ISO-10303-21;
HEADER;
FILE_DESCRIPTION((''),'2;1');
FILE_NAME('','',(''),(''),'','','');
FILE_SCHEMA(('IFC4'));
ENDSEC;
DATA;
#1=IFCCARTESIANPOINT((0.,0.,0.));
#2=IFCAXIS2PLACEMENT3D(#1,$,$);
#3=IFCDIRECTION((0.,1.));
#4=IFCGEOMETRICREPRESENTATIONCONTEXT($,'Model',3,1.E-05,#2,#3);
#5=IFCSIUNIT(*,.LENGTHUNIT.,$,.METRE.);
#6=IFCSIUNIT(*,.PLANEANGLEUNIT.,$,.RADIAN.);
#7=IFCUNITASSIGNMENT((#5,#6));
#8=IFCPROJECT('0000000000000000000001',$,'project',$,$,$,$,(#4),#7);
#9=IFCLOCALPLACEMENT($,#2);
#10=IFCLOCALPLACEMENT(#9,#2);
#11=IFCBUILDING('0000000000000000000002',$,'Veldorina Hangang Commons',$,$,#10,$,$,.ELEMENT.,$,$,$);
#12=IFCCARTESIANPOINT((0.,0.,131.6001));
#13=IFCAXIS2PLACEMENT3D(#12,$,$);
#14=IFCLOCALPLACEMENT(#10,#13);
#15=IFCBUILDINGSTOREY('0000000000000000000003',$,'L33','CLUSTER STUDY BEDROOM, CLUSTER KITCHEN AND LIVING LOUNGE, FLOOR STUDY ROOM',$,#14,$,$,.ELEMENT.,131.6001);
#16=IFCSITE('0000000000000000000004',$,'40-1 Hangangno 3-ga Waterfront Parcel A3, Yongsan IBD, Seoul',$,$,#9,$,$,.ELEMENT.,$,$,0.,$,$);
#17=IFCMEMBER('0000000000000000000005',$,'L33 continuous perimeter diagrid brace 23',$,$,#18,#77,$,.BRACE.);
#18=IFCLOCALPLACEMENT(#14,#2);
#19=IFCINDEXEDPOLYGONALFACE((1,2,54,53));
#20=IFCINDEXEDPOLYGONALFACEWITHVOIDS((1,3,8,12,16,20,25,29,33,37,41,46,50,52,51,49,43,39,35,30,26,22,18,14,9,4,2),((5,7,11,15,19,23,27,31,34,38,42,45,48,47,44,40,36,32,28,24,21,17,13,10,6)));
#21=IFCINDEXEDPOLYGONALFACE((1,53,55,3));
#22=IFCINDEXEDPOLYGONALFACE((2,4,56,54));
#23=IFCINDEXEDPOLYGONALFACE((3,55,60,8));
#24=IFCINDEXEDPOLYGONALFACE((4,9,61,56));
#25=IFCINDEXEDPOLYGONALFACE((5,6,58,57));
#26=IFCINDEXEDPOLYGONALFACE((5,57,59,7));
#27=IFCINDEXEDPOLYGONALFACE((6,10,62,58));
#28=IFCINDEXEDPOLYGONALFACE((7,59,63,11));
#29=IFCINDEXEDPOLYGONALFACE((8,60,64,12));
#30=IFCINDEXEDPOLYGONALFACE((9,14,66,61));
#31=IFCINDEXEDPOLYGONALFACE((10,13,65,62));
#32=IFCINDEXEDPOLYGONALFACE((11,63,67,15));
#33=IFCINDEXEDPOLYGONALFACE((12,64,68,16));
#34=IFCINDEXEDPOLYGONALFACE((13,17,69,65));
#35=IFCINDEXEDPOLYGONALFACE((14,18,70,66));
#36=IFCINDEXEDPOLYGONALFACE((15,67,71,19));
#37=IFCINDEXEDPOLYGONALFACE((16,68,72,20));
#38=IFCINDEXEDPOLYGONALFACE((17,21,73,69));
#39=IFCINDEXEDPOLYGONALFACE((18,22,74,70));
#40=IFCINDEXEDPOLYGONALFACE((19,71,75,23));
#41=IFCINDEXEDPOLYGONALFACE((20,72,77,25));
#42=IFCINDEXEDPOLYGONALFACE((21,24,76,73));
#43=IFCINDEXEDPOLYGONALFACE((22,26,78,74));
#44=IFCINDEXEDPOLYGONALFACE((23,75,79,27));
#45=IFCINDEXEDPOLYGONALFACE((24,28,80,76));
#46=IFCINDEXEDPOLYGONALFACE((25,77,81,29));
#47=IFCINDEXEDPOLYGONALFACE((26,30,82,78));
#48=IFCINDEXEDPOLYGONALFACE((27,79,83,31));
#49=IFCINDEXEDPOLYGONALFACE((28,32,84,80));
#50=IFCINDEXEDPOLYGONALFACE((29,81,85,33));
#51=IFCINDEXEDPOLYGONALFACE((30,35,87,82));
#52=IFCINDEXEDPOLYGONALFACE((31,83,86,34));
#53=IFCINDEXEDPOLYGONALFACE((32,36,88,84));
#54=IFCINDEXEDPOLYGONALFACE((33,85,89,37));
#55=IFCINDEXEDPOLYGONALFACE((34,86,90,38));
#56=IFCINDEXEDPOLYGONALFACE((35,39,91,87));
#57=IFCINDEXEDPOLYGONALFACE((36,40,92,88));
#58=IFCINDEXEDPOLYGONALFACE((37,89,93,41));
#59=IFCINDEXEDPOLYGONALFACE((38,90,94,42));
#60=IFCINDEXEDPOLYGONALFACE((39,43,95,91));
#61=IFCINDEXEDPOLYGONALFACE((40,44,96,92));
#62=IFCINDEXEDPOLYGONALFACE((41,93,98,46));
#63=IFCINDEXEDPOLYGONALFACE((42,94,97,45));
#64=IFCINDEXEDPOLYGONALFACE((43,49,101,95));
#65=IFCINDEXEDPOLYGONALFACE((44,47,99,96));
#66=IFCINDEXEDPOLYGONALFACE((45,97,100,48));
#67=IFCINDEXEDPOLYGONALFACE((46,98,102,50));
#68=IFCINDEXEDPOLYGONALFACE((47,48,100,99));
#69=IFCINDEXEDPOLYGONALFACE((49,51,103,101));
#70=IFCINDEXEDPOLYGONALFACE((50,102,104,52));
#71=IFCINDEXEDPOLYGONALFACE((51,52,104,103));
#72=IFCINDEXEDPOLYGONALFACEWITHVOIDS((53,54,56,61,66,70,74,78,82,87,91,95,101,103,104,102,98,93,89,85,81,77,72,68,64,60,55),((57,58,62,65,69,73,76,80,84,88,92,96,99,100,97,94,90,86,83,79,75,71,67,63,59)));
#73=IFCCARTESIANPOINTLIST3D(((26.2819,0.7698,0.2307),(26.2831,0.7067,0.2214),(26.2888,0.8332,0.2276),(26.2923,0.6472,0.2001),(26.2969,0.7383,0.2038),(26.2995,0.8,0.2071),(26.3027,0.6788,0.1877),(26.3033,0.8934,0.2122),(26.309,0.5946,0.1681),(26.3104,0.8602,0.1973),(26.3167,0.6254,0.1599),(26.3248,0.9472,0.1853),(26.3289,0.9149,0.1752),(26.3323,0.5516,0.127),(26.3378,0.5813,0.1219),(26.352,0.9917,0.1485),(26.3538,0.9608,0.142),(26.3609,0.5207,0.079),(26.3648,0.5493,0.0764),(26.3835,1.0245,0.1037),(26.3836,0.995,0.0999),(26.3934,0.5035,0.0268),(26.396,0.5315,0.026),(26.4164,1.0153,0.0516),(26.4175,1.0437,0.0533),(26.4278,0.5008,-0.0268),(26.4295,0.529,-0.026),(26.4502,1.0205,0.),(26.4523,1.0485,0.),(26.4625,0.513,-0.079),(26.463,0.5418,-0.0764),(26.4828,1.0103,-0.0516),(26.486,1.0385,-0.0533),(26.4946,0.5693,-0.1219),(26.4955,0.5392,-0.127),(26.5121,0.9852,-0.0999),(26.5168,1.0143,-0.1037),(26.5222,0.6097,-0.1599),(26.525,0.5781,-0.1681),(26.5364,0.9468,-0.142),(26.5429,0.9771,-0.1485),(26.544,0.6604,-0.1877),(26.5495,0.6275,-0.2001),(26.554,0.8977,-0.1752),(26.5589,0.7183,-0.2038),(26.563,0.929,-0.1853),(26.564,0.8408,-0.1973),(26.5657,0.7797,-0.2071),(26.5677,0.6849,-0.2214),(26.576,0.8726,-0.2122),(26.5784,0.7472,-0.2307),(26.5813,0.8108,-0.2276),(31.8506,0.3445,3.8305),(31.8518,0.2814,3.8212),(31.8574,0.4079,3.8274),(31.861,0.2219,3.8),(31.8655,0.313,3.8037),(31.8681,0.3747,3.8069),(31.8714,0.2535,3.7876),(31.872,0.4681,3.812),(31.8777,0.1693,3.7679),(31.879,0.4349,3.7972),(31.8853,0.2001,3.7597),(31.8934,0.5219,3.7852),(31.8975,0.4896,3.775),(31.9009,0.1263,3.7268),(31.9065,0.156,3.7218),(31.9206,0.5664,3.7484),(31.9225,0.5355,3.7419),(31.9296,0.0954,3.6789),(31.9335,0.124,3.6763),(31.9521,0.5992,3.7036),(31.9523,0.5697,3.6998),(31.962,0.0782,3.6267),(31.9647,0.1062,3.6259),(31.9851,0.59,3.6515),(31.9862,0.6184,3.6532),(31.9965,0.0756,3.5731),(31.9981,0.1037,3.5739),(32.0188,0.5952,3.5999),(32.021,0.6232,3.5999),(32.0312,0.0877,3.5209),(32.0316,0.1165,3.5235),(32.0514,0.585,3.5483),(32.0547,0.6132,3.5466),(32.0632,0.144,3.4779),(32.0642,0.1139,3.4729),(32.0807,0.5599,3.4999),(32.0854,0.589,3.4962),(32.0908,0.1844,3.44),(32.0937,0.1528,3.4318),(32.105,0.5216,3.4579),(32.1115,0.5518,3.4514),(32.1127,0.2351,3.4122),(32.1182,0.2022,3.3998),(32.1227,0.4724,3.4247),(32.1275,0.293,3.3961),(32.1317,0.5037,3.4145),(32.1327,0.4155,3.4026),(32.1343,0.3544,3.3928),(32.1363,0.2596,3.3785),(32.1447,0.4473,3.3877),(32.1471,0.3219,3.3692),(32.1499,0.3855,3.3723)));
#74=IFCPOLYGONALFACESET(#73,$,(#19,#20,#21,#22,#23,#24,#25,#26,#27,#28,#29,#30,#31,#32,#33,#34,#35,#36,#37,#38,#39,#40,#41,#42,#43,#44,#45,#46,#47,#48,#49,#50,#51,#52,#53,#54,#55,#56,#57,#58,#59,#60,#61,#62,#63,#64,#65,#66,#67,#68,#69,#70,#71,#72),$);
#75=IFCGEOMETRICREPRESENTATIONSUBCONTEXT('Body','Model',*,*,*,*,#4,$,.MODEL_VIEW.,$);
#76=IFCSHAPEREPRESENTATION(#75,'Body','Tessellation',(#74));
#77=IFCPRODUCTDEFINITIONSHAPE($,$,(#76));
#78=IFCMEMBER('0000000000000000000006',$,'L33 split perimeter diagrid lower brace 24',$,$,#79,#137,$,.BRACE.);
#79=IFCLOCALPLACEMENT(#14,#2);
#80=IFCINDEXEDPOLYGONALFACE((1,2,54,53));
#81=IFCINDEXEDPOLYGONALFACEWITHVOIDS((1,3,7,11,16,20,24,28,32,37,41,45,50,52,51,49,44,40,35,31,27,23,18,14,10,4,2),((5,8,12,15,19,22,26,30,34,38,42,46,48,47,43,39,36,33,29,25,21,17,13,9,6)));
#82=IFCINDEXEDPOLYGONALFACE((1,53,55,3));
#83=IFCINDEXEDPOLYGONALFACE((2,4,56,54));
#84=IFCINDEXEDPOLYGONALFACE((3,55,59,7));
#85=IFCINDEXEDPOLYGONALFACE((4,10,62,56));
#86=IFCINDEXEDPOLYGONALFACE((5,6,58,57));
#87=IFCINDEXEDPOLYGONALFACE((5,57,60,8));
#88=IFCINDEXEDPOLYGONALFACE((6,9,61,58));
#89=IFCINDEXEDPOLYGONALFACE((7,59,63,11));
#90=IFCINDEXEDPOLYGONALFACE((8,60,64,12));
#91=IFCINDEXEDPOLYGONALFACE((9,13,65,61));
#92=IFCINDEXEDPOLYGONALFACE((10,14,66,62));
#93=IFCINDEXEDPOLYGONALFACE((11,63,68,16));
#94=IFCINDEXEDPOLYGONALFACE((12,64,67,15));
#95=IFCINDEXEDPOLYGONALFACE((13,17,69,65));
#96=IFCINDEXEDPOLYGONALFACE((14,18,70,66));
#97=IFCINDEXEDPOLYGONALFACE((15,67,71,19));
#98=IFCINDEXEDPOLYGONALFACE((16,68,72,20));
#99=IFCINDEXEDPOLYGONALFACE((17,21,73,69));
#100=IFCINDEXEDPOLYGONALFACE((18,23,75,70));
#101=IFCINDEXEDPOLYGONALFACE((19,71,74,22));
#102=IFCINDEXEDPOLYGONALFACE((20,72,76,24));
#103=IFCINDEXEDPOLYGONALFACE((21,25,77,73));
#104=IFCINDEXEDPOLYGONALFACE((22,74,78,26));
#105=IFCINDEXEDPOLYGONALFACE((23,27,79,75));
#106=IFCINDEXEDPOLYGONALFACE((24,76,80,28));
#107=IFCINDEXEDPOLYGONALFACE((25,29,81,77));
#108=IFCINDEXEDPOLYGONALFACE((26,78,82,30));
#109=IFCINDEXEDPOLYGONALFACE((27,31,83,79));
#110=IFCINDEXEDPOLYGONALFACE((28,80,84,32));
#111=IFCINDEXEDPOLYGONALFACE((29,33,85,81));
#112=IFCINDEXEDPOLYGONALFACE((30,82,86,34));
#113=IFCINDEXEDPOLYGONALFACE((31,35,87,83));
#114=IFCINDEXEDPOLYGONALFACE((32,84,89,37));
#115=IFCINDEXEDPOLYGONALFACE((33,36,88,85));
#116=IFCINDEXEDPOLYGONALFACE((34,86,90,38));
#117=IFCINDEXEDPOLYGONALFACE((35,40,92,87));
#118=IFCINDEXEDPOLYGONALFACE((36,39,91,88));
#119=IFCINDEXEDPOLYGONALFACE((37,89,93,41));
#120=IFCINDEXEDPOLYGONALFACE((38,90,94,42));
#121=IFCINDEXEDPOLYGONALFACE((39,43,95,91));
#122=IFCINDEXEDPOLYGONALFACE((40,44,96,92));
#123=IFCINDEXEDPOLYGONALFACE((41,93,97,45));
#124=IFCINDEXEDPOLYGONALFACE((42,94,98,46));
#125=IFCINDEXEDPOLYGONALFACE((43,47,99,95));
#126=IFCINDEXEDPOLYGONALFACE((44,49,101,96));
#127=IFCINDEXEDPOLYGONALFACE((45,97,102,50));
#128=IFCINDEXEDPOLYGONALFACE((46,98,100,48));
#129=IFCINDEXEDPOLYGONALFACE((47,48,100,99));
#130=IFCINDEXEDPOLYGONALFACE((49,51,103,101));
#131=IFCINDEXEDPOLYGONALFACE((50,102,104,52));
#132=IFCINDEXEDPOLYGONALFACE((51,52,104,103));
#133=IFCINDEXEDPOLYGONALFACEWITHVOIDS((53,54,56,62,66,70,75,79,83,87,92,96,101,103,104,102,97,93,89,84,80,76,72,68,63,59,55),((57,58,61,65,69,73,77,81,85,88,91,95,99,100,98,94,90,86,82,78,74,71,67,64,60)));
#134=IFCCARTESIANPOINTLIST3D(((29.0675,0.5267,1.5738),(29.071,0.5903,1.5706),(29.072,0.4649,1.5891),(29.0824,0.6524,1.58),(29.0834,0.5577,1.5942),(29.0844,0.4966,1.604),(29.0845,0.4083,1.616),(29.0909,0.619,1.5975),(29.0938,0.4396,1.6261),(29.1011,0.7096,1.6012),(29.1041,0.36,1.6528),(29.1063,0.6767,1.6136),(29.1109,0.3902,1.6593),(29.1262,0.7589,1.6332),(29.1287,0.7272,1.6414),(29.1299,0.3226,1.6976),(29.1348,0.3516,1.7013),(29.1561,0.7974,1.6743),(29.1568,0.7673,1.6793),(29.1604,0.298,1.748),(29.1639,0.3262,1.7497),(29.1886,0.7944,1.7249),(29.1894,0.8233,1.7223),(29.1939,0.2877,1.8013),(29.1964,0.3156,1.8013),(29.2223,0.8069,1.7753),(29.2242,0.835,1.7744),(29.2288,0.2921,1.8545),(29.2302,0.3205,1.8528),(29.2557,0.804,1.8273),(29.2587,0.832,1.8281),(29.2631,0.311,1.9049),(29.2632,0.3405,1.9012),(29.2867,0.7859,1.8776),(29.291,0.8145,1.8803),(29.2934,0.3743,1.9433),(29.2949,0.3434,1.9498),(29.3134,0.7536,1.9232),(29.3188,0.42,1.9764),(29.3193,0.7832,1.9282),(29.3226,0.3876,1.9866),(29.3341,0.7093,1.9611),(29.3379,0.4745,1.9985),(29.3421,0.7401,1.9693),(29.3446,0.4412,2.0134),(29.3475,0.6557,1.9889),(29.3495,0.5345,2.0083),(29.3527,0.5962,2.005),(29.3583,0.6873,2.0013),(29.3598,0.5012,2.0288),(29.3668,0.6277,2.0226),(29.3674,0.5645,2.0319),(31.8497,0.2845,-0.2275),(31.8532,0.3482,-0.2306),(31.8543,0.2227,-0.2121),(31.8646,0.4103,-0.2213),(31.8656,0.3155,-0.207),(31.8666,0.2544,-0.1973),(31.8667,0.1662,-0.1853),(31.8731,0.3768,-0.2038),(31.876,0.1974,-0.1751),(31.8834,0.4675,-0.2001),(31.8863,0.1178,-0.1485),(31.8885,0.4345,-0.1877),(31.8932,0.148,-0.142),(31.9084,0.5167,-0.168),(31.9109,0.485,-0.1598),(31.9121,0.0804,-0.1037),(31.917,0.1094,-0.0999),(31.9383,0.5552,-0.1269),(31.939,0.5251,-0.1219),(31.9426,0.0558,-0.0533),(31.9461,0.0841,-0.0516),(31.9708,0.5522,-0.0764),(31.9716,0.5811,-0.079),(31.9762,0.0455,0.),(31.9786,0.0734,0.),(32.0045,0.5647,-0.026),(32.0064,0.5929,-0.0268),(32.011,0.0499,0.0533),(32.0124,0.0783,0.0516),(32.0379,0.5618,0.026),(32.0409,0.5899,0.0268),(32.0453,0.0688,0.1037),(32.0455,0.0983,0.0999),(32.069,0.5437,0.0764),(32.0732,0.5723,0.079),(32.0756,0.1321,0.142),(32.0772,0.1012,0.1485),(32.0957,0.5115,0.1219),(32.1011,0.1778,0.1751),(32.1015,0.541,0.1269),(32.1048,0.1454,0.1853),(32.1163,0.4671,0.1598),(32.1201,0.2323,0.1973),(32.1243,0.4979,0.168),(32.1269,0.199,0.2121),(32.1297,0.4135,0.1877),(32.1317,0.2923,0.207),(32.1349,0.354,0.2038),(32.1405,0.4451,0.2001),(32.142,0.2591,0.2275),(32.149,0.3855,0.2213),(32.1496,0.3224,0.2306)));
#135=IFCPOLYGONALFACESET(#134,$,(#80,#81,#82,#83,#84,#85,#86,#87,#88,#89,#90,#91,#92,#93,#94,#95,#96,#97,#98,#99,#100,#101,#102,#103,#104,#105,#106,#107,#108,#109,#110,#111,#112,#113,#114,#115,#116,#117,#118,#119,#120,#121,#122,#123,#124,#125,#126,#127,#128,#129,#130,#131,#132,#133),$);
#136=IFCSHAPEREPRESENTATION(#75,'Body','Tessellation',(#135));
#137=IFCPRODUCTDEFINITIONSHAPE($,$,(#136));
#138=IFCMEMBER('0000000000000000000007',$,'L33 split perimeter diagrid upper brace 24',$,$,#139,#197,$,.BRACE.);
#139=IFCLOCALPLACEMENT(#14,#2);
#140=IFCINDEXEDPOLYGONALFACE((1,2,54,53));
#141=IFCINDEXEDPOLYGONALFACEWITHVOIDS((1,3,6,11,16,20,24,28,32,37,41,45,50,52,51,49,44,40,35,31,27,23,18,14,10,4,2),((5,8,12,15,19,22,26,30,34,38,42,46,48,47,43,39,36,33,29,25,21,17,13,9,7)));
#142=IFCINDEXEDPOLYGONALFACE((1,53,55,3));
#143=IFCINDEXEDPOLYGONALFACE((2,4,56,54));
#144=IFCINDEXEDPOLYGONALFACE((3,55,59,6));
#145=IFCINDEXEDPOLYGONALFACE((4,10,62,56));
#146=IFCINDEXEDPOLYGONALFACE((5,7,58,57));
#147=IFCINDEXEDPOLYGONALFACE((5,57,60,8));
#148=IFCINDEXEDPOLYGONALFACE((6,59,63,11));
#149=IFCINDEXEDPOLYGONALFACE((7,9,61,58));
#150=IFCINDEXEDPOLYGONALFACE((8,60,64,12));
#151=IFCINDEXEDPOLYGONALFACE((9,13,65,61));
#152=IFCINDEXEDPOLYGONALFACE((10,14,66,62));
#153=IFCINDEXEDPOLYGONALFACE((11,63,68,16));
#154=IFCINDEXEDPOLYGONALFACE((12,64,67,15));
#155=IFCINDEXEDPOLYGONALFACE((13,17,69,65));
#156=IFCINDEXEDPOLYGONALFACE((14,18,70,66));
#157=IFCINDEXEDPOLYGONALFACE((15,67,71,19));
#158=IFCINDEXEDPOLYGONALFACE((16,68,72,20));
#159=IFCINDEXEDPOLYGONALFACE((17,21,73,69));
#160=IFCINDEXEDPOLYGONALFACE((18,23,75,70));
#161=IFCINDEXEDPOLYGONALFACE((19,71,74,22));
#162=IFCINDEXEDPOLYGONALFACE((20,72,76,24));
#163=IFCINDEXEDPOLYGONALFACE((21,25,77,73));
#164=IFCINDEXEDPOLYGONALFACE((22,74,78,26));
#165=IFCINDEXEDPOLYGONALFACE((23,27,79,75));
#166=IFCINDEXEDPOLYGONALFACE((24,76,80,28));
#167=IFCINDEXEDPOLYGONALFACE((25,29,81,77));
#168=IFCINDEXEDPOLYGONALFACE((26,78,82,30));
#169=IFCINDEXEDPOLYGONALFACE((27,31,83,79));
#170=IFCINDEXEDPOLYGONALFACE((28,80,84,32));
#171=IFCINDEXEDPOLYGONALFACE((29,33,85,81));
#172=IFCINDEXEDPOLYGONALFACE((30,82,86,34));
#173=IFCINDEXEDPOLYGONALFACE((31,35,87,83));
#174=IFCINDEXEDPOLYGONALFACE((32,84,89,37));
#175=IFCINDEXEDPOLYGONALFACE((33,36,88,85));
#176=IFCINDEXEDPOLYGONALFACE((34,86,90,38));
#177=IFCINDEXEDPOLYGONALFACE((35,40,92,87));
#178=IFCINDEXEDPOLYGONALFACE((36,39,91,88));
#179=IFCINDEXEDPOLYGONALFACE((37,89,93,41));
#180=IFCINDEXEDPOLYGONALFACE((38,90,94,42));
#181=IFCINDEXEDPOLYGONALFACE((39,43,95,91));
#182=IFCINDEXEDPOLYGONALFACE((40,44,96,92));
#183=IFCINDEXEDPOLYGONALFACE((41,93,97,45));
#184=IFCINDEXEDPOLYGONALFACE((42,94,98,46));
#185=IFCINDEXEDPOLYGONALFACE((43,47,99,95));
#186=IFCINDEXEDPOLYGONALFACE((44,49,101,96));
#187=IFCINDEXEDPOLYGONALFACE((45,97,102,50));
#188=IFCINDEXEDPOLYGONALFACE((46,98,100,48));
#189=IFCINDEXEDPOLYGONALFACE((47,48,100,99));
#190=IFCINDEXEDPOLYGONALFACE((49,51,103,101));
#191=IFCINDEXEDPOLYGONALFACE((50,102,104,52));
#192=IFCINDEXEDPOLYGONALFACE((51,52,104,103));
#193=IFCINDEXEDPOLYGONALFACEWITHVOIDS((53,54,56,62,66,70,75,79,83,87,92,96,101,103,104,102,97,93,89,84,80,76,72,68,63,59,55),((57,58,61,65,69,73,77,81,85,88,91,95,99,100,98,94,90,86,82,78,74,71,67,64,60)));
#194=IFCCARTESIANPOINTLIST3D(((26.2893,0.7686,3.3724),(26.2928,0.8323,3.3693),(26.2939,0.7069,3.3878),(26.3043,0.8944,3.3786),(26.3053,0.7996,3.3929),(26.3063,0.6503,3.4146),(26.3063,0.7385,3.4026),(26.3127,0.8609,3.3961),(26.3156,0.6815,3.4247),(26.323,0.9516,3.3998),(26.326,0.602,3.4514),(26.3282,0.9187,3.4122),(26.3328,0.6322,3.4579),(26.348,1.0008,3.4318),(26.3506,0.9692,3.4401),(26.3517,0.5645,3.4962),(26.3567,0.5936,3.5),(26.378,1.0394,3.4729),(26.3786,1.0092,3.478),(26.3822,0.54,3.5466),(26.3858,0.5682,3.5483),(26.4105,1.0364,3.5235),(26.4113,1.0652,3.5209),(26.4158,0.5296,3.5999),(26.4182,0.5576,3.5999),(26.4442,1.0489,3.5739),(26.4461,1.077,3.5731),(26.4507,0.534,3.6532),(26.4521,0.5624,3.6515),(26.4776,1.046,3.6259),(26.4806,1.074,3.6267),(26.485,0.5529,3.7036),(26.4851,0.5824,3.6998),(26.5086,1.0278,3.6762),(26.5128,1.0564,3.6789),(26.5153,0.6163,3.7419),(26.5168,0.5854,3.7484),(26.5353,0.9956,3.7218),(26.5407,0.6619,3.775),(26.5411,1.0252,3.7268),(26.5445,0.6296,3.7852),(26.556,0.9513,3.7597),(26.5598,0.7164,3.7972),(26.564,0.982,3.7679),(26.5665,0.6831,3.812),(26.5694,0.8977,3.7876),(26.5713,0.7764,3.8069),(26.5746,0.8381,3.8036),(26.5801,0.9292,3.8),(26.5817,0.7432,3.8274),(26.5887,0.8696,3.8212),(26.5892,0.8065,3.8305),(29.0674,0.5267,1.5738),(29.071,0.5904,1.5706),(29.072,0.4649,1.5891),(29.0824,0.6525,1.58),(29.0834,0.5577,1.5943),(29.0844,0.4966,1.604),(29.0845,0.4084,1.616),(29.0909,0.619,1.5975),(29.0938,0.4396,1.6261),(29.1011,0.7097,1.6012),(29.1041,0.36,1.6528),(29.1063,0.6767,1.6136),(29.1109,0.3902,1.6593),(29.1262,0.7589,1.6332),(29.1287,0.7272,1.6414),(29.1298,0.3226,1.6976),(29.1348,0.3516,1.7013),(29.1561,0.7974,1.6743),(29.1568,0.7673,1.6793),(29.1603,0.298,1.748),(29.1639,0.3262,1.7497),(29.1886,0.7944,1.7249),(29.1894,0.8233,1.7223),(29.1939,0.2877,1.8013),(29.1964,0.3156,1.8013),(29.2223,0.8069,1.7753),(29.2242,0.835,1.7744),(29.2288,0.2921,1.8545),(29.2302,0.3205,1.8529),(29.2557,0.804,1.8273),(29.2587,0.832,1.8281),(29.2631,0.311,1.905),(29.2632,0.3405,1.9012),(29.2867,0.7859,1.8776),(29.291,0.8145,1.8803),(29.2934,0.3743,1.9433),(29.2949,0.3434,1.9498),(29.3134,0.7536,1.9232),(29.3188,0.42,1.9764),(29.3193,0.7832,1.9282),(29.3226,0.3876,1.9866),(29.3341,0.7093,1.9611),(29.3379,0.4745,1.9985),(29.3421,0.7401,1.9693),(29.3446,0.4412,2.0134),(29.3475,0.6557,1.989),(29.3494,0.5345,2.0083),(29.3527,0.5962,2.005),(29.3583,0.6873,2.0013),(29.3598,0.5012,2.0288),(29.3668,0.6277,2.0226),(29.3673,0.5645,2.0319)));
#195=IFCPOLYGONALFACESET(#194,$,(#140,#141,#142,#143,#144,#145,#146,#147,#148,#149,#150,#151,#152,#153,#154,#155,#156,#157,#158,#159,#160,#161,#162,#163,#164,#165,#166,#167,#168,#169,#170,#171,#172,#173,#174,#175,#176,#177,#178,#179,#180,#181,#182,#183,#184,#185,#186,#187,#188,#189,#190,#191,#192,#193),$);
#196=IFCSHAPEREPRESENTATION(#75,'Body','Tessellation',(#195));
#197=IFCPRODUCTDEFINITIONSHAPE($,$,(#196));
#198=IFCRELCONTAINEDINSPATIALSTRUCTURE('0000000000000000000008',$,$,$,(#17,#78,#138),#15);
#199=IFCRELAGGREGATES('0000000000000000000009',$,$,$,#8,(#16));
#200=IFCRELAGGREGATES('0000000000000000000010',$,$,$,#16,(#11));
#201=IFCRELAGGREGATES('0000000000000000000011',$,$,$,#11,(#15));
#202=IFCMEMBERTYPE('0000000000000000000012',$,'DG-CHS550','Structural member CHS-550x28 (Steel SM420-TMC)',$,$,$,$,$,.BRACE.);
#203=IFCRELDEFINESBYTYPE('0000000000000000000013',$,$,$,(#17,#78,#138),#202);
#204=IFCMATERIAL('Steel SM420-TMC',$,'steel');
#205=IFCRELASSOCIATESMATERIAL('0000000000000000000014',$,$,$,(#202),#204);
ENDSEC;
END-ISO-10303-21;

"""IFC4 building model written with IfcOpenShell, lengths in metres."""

from ifc_helpers import new_model, si_unit, direction, frame, origin, origin_2d, place, context, subcontext, project, spatial, hollow_circle, extrude, material, material_profile, profile_set, type_object, element, save


model = new_model("IFC4")

# Units and contexts
model_context = context("Model", 3, precision=1e-05, world=origin(), true_north=direction((0.0, 1.0)))
body_context = subcontext(model_context, "Body", "Model", "MODEL_VIEW")
ifc_project = project(units=[si_unit("LENGTHUNIT", "METRE"), si_unit("PLANEANGLEUNIT", "RADIAN")], contexts=[model_context])

# Site, building, storey
site_placement = place(None, origin())
site = spatial("IfcSite", under=ifc_project, at=site_placement, Name="40-1 Hangangno 3-ga Waterfront Parcel A3, Yongsan IBD, Seoul", CompositionType="ELEMENT", RefElevation=0.0)
building_placement = place(site_placement, origin())
building = spatial("IfcBuilding", under=site, at=building_placement, Name="Veldorina Hangang Commons", CompositionType="ELEMENT")
storey_placement = place(building_placement, frame((0.0, 0.0, 131.6001)))
storey = spatial("IfcBuildingStorey", under=building, at=storey_placement, Name="L33", Description="CLUSTER STUDY BEDROOM, CLUSTER KITCHEN AND LIVING LOUNGE, FLOOR STUDY ROOM", CompositionType="ELEMENT", Elevation=131.6001)

# Shared definitions
ifc_material_1 = material(Name="Steel SM420-TMC", Category="steel")

# Members
ifc_material_profile_1 = material_profile(ifc_material_1, hollow_circle(Radius=0.2749, WallThickness=0.0281, at=origin_2d()), Name="CHS-550x28")
ifc_profile_set_1 = profile_set([ifc_material_profile_1], Name="Steel SM420-TMC")
member_type_1 = type_object("IfcMemberType", Name="DG-CHS550", Description="Structural member CHS-550x28 (Steel SM420-TMC)", PredefinedType="BRACE", material=ifc_profile_set_1)
member_1_placement = place(storey_placement, frame((26.4314, 0.7744, 0.0), z_axis=(0.838079, -0.064007, 0.541781), x_axis=(0.076152, 0.997096, 0.0)))
element("IfcMember", 1, at=member_1_placement, inside=storey, type_object=member_type_1, Name="L33 continuous perimeter diagrid brace 23", PredefinedType="BRACE", context=body_context, shape_type="SweptSolid", body=[
    extrude(hollow_circle(Radius=0.2749, WallThickness=0.0281, at=origin_2d()), origin(), (0.0, 0.0, 1.0), 6.6445),
])
member_2_placement = place(storey_placement, frame((32.0, 0.3193, 0.0), z_axis=(-0.8372, 0.072877, 0.54202), x_axis=(-0.08672, -0.996233, 0.0)))
element("IfcMember", 2, at=member_2_placement, inside=storey, type_object=member_type_1, Name="L33 split perimeter diagrid lower brace 24", PredefinedType="BRACE", context=body_context, shape_type="SweptSolid", body=[
    extrude(hollow_circle(Radius=0.2749, WallThickness=0.0281, at=origin_2d()), origin(), (0.0, 0.0, 1.0), 3.3232),
])
member_3_placement = place(storey_placement, frame((29.2178, 0.5615, 1.8013), z_axis=(-0.837197, 0.072912, 0.542019), x_axis=(-0.086762, -0.996229, 0.0)))
element("IfcMember", 3, at=member_3_placement, inside=storey, type_object=member_type_1, Name="L33 split perimeter diagrid upper brace 24", PredefinedType="BRACE", context=body_context, shape_type="SweptSolid", body=[
    extrude(hollow_circle(Radius=0.2749, WallThickness=0.0281, at=origin_2d()), origin(), (0.0, 0.0, 1.0), 3.3184),
])

save(model, "model.ifc")
